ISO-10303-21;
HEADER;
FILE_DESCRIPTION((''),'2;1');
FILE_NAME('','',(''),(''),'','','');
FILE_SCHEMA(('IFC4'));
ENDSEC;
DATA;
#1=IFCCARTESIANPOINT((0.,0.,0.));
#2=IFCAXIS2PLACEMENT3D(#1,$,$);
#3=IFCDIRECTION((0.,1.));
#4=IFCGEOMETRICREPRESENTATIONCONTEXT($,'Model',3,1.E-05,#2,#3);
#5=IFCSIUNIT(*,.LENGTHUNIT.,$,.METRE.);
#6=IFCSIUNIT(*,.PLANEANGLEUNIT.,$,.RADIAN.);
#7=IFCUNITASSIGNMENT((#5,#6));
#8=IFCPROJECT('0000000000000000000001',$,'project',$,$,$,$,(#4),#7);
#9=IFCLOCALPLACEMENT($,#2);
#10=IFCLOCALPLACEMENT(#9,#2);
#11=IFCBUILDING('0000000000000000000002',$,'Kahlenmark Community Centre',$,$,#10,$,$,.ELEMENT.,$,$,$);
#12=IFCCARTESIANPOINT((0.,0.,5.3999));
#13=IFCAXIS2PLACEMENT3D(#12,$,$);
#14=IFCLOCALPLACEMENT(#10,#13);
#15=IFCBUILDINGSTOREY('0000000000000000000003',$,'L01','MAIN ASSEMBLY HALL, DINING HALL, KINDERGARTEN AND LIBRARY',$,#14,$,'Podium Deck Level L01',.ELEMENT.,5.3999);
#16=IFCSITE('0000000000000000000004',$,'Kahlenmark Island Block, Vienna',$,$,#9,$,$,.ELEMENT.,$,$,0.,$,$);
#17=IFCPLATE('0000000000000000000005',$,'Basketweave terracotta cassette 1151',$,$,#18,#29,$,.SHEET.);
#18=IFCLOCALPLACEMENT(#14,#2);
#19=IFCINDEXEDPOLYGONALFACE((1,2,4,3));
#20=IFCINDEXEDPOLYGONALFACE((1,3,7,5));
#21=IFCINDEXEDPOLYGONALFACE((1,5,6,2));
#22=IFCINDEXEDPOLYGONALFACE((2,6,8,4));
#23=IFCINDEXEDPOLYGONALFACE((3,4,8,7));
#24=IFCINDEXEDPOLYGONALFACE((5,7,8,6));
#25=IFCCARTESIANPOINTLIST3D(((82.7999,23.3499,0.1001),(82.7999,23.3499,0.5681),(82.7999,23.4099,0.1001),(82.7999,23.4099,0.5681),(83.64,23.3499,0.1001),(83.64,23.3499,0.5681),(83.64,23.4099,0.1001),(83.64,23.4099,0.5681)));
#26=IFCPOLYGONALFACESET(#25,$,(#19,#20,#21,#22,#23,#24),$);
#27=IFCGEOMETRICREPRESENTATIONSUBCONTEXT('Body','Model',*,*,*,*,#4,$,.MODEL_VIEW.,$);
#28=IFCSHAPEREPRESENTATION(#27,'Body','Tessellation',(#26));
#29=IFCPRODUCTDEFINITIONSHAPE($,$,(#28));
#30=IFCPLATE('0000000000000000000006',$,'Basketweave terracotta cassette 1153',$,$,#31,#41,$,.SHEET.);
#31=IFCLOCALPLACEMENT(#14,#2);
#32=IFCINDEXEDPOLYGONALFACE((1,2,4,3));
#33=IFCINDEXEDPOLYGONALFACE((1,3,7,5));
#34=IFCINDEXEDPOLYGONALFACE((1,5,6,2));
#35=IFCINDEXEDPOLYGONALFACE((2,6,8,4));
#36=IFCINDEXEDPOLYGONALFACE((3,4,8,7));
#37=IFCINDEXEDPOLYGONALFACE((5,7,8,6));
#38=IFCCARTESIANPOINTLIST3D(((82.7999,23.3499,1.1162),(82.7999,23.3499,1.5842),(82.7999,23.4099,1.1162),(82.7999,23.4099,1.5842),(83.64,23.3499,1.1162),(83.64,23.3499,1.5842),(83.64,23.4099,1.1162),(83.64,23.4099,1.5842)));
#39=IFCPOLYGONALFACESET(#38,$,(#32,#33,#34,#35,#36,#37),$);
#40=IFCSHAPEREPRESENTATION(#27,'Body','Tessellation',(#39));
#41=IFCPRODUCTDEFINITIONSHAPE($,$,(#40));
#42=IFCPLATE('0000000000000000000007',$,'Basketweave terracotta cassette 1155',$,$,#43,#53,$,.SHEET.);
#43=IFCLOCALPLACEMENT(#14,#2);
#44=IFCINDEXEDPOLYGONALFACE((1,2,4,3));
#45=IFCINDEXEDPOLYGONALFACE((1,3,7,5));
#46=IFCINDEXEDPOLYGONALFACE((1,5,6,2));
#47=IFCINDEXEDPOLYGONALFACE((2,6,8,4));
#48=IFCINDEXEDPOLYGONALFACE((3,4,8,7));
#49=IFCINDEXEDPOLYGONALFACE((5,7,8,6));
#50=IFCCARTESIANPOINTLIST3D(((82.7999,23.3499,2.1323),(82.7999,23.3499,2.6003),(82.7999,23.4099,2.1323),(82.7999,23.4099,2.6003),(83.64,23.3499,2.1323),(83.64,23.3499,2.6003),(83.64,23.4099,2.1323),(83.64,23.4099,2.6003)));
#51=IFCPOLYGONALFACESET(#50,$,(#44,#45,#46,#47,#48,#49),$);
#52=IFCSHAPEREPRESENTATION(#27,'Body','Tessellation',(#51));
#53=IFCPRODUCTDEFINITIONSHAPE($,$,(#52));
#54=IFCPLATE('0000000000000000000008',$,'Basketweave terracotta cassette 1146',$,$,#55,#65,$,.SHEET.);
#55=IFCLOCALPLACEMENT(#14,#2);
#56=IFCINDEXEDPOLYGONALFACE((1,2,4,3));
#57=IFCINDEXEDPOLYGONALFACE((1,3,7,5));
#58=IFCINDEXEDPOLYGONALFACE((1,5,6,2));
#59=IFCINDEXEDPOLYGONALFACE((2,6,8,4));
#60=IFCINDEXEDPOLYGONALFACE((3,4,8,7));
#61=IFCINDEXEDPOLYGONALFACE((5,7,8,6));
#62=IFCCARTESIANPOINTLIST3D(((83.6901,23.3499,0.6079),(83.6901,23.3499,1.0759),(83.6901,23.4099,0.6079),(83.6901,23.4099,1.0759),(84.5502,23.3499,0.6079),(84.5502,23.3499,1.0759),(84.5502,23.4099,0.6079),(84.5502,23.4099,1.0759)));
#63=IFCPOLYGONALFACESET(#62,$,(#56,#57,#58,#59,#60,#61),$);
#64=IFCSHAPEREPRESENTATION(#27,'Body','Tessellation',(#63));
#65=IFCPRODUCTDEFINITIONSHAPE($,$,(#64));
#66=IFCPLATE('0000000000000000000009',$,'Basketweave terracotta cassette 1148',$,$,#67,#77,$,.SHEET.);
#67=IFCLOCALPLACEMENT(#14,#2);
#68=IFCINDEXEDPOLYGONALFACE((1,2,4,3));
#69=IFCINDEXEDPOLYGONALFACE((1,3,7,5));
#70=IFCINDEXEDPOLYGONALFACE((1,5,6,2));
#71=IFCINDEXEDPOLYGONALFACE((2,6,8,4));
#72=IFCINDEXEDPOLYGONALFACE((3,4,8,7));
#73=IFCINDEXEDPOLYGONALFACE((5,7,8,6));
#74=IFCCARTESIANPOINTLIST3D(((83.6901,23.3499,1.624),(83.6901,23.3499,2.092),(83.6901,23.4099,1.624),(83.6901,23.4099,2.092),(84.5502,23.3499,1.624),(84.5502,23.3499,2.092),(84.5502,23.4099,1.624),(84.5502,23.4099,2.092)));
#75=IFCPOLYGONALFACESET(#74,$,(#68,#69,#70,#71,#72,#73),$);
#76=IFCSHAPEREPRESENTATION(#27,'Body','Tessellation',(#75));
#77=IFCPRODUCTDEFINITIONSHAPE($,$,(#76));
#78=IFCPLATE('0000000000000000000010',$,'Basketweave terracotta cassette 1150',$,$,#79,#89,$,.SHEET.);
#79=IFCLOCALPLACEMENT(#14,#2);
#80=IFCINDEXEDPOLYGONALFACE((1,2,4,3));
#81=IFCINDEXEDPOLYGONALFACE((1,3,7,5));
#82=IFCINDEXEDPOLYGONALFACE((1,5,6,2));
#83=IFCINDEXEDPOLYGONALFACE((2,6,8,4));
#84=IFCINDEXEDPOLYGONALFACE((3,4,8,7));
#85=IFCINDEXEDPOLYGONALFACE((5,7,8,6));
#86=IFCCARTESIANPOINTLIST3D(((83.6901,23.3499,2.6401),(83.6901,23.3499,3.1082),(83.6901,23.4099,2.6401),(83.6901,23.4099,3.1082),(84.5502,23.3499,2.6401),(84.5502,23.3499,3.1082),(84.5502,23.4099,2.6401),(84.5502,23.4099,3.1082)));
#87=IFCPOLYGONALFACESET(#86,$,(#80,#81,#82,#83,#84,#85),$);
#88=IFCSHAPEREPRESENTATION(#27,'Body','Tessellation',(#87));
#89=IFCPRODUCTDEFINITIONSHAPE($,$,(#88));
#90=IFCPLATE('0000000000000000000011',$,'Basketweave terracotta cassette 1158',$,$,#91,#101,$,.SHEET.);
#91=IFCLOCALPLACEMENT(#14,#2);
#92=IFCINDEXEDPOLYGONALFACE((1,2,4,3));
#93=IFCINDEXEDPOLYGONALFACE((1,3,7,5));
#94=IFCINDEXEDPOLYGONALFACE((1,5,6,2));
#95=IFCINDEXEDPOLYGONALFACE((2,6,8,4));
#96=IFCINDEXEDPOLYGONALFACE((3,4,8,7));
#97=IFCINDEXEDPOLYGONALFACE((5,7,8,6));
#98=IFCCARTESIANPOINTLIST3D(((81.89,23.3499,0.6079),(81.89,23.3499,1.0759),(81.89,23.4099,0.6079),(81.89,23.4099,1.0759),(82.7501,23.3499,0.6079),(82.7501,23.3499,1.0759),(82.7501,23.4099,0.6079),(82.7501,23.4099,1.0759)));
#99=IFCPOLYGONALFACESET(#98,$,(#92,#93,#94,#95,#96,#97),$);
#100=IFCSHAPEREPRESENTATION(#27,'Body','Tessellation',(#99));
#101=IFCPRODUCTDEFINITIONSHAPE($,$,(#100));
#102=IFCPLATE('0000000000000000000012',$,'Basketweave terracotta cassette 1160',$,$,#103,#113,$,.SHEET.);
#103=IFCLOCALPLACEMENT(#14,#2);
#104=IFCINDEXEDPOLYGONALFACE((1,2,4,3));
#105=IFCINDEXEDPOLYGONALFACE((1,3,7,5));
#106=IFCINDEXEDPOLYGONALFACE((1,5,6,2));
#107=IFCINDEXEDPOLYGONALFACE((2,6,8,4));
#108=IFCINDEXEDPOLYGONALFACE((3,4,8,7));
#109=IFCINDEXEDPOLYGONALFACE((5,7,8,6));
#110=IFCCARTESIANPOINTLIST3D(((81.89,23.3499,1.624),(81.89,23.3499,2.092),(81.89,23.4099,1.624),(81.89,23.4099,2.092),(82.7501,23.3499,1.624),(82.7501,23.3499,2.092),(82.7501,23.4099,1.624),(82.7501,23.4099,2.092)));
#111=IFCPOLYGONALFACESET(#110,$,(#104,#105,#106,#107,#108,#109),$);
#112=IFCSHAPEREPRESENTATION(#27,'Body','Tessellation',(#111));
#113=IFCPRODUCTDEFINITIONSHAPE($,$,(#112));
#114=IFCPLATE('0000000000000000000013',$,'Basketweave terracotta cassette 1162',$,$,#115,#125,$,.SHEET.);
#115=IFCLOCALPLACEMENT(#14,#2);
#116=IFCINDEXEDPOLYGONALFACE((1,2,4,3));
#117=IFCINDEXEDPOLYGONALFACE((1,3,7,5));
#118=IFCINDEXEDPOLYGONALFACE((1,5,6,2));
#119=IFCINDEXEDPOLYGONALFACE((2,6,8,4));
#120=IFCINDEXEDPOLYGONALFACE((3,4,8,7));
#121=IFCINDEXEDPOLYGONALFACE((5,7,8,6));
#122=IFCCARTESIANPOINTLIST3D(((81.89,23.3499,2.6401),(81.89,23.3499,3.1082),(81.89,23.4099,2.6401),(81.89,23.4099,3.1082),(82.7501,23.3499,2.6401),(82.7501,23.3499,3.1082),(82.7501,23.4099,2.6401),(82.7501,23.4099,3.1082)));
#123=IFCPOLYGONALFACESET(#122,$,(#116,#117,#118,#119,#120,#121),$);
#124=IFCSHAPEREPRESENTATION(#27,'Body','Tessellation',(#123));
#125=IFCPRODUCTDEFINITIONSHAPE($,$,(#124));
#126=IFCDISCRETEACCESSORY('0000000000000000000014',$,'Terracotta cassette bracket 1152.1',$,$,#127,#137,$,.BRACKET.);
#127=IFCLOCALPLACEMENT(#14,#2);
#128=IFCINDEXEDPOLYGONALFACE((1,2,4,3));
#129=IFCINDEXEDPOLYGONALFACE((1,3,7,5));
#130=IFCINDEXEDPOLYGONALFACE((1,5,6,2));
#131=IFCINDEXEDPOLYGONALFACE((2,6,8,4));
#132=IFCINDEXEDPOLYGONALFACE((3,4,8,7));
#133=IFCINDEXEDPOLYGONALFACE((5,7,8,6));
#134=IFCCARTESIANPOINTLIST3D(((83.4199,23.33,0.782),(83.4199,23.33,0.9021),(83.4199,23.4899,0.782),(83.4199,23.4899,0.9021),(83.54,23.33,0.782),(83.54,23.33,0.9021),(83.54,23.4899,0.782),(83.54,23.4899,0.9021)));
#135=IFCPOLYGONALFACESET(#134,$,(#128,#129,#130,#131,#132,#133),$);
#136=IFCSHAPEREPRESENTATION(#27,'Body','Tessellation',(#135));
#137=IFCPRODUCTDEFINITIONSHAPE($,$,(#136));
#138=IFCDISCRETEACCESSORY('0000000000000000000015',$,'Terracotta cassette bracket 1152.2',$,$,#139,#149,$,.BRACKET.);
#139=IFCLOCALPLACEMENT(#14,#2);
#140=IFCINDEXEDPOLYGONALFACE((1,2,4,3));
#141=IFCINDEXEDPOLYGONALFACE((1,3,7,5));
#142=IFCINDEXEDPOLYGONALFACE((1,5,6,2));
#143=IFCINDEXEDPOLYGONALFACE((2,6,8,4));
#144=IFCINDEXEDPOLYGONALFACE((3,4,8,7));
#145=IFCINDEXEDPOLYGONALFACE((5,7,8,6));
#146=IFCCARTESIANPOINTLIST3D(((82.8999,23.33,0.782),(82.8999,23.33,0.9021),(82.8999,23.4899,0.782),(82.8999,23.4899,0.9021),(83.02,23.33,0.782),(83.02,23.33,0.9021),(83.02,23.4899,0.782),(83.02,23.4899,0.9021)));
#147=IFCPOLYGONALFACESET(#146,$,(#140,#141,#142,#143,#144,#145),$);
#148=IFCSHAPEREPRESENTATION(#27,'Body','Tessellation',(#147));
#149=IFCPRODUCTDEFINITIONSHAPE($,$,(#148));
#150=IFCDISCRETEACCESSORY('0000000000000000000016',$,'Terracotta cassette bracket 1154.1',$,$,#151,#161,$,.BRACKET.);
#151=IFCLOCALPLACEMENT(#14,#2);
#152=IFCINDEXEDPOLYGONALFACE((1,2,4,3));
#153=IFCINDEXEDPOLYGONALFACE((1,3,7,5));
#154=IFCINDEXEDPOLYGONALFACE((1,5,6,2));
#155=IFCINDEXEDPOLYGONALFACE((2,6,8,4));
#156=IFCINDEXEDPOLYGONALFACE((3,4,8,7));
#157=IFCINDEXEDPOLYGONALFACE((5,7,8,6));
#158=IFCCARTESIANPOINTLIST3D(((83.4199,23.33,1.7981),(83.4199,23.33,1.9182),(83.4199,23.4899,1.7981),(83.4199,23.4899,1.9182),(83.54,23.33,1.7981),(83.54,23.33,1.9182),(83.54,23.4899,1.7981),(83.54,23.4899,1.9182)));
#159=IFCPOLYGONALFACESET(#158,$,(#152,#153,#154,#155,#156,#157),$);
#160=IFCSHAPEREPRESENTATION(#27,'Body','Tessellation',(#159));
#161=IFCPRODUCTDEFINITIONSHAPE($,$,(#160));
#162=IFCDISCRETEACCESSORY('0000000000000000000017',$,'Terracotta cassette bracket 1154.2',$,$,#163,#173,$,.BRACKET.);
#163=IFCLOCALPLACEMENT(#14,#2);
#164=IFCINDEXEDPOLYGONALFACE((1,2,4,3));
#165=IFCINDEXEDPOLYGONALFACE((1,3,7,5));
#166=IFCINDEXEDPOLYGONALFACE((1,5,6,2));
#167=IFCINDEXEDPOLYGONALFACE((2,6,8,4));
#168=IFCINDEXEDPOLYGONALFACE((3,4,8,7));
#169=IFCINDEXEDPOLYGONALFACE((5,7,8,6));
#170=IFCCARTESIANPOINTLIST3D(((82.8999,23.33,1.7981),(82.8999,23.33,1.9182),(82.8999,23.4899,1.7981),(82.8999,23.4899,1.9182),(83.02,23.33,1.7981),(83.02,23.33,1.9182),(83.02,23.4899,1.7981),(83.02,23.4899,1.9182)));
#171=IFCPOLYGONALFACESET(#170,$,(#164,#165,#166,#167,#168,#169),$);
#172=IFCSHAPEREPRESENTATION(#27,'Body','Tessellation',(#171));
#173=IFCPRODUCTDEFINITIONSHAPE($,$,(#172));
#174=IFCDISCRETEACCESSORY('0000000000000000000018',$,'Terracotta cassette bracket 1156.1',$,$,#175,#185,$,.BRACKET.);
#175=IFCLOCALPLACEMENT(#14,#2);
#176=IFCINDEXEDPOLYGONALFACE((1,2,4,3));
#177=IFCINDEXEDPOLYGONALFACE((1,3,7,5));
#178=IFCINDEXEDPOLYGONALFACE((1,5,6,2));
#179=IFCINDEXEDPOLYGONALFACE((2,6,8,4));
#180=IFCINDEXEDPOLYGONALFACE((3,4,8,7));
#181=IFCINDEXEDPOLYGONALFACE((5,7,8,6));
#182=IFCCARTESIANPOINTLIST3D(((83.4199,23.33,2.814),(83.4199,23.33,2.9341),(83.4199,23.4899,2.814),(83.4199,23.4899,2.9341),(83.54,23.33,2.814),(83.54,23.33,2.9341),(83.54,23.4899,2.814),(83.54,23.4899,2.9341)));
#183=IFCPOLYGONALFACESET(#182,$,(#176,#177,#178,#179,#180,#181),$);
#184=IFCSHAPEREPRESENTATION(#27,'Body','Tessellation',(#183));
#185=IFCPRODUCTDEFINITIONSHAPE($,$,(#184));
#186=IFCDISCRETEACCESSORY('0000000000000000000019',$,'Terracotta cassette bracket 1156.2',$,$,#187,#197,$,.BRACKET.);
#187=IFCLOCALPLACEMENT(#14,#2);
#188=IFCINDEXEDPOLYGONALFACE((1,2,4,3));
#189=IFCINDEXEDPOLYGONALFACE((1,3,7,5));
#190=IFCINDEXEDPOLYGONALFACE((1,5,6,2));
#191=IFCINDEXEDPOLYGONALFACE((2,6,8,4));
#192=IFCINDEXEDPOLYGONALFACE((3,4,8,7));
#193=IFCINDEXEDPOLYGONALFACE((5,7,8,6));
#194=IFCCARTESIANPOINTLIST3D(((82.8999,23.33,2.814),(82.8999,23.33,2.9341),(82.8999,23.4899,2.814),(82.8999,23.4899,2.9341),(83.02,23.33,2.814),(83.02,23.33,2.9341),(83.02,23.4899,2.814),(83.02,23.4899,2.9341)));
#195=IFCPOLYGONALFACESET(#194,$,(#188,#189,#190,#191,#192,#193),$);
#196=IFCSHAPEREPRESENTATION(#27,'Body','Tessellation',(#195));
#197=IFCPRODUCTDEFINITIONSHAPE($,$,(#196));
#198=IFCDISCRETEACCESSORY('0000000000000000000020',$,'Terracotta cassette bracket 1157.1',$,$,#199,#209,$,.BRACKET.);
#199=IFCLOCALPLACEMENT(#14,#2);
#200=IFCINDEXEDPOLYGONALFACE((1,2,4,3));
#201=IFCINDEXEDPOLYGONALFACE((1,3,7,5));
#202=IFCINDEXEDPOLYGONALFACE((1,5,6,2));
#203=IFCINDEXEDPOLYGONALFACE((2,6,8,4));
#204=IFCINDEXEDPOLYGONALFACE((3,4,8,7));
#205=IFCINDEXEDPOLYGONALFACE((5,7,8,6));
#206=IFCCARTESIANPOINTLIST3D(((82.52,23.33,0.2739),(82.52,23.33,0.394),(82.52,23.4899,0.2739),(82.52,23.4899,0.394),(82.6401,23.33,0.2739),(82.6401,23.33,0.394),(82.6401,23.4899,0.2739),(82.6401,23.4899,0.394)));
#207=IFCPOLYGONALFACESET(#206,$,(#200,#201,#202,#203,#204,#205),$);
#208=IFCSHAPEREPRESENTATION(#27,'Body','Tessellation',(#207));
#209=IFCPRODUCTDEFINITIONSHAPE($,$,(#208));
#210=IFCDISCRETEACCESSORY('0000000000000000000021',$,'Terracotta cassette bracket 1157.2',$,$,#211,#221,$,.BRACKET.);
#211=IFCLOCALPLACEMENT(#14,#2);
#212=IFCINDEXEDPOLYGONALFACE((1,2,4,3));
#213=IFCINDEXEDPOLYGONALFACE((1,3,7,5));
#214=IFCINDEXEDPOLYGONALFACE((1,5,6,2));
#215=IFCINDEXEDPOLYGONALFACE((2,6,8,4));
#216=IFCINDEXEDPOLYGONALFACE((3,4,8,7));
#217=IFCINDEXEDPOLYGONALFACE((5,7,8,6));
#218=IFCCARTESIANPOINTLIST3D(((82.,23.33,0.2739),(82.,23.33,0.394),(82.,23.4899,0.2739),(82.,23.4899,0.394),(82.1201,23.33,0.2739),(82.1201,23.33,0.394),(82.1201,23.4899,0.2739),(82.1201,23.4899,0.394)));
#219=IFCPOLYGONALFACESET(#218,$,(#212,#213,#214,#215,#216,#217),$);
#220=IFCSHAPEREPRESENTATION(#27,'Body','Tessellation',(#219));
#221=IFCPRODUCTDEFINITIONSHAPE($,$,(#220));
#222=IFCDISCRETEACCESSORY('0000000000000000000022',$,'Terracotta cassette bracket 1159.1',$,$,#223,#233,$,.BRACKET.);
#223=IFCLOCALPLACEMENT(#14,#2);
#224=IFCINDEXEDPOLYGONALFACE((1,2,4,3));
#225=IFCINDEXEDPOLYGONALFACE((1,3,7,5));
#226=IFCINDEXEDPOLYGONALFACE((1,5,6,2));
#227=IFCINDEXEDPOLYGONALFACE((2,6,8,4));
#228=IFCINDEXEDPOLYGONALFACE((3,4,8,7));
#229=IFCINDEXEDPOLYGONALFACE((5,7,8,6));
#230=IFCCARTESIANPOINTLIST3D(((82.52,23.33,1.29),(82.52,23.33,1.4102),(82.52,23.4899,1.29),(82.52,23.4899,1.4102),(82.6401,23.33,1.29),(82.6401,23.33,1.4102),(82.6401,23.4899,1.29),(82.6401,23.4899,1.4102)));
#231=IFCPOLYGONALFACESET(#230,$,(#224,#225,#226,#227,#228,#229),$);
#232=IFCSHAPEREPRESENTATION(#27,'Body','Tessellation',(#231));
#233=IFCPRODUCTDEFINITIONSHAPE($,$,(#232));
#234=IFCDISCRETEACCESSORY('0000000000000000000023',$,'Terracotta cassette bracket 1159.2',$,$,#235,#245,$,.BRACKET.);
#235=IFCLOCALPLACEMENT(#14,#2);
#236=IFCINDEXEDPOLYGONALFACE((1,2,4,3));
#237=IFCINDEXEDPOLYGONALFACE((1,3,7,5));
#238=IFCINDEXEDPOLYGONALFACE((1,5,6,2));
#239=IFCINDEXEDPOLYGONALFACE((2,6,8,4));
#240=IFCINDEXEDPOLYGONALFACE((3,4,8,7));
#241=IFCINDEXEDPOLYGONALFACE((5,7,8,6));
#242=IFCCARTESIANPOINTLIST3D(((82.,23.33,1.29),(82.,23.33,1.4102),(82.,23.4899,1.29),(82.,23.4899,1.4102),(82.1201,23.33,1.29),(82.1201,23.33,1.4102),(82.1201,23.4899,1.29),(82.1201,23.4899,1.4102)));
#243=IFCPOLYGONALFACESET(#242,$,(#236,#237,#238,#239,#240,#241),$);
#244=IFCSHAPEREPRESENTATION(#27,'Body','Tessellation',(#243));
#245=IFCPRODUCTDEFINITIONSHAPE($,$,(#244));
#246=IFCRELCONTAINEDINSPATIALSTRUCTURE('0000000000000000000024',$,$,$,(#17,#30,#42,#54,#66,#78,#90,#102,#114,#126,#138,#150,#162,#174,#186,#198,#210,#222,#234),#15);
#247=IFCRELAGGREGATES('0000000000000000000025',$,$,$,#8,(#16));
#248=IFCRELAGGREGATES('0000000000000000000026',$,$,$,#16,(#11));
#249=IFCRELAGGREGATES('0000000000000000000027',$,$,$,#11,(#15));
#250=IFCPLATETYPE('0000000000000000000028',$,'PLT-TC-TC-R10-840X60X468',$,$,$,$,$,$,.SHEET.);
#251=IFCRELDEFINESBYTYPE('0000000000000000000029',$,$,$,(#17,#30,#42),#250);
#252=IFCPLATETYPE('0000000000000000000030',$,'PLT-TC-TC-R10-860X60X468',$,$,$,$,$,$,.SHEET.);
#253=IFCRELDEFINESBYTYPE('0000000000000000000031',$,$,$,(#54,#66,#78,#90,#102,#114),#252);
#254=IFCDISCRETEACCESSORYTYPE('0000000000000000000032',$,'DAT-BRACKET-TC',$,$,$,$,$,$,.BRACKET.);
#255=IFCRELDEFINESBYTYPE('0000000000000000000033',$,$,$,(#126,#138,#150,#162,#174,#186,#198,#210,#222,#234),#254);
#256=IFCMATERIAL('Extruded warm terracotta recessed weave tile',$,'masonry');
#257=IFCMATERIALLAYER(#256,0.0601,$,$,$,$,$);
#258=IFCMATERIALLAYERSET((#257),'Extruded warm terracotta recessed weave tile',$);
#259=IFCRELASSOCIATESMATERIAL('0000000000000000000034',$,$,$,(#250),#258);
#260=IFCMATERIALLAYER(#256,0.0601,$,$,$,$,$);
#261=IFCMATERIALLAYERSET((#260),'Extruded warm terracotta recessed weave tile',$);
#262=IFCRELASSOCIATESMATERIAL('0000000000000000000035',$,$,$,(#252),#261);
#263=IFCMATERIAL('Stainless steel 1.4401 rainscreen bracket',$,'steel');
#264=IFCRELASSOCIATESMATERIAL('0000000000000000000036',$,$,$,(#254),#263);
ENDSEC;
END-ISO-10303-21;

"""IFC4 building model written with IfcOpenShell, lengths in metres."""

from ifc_helpers import new_model, si_unit, direction, frame, origin, origin_2d, place, context, subcontext, project, spatial, rectangle, extrude, material, layer, layer_set, type_object, element, save


model = new_model("IFC4")

# Units and contexts
model_context = context("Model", 3, precision=1e-05, world=origin(), true_north=direction((0.0, 1.0)))
body_context = subcontext(model_context, "Body", "Model", "MODEL_VIEW")
ifc_project = project(units=[si_unit("LENGTHUNIT", "METRE"), si_unit("PLANEANGLEUNIT", "RADIAN")], contexts=[model_context])

# Site, building, storey
site_placement = place(None, origin())
site = spatial("IfcSite", under=ifc_project, at=site_placement, Name="Kahlenmark Island Block, Vienna", CompositionType="ELEMENT", RefElevation=0.0)
building_placement = place(site_placement, origin())
building = spatial("IfcBuilding", under=site, at=building_placement, Name="Kahlenmark Community Centre", CompositionType="ELEMENT")
storey_placement = place(building_placement, frame((0.0, 0.0, 5.3999)))
storey = spatial("IfcBuildingStorey", under=building, at=storey_placement, Name="L01", Description="MAIN ASSEMBLY HALL, DINING HALL, KINDERGARTEN AND LIBRARY", LongName="Podium Deck Level L01", CompositionType="ELEMENT", Elevation=5.3999)

# Plates
ifc_material_1 = material(Name="Extruded warm terracotta recessed weave tile", Category="masonry")
ifc_layer_1 = layer(ifc_material_1, 0.0601)
ifc_layer_set_1 = layer_set([ifc_layer_1], Name="Extruded warm terracotta recessed weave tile")
plate_type_1 = type_object("IfcPlateType", Name="PLT-TC-TC-R10-840X60X468", PredefinedType="SHEET", material=ifc_layer_set_1)
for number, where, z_axis, x_axis, name in (
    (1, (83.22, 23.3799, 0.1001), (0.0, 0.0, 1.0), (-1.0, 0.0, 0.0), "Basketweave terracotta cassette 1151"),
    (2, (83.22, 23.3799, 1.1162), (0.0, 0.0, 1.0), (-1.0, 0.0, 0.0), "Basketweave terracotta cassette 1153"),
    (3, (83.22, 23.3799, 2.1323), (0.0, 0.0, 1.0), (-1.0, 0.0, 0.0), "Basketweave terracotta cassette 1155"),
):
    element("IfcPlate", number, at=place(storey_placement, frame(where, z_axis=z_axis, x_axis=x_axis)), inside=storey, type_object=plate_type_1, Name=name, PredefinedType="SHEET", context=body_context, shape_type="SweptSolid", body=[
        extrude(rectangle(XDim=0.8401, YDim=0.0601, at=origin_2d()), origin(), (0.0, 0.0, 1.0), 0.468),
    ])
ifc_layer_2 = layer(ifc_material_1, 0.0601)
ifc_layer_set_2 = layer_set([ifc_layer_2], Name="Extruded warm terracotta recessed weave tile")
plate_type_2 = type_object("IfcPlateType", Name="PLT-TC-TC-R10-860X60X468", PredefinedType="SHEET", material=ifc_layer_set_2)
for number, where, z_axis, x_axis, name in (
    (4, (84.1201, 23.3799, 0.6079), (0.0, 0.0, 1.0), (-1.0, 0.0, 0.0), "Basketweave terracotta cassette 1146"),
    (5, (84.1201, 23.3799, 1.624), (0.0, 0.0, 1.0), (-1.0, 0.0, 0.0), "Basketweave terracotta cassette 1148"),
    (6, (84.1201, 23.3799, 2.6401), (0.0, 0.0, 1.0), (-1.0, 0.0, 0.0), "Basketweave terracotta cassette 1150"),
    (7, (82.3201, 23.3799, 0.6079), (0.0, 0.0, 1.0), (-1.0, 0.0, 0.0), "Basketweave terracotta cassette 1158"),
    (8, (82.3201, 23.3799, 1.624), (0.0, 0.0, 1.0), (-1.0, 0.0, 0.0), "Basketweave terracotta cassette 1160"),
    (9, (82.3201, 23.3799, 2.6401), (0.0, 0.0, 1.0), (-1.0, 0.0, 0.0), "Basketweave terracotta cassette 1162"),
):
    element("IfcPlate", number, at=place(storey_placement, frame(where, z_axis=z_axis, x_axis=x_axis)), inside=storey, type_object=plate_type_2, Name=name, PredefinedType="SHEET", context=body_context, shape_type="SweptSolid", body=[
        extrude(rectangle(XDim=0.8601, YDim=0.0601, at=origin_2d()), origin(), (0.0, 0.0, 1.0), 0.468),
    ])

# Discrete accessories
ifc_material_2 = material(Name="Stainless steel 1.4401 rainscreen bracket", Category="steel")
discrete_accessory_type = type_object("IfcDiscreteAccessoryType", Name="DAT-BRACKET-TC", PredefinedType="BRACKET", material=ifc_material_2)
for number, where, z_axis, x_axis, name in (
    (10, (83.48, 23.4099, 0.782), (0.0, 0.0, 1.0), (-1.0, 0.0, 0.0), "Terracotta cassette bracket 1152.1"),
    (11, (82.96, 23.4099, 0.782), (0.0, 0.0, 1.0), (-1.0, 0.0, 0.0), "Terracotta cassette bracket 1152.2"),
    (12, (83.48, 23.4099, 1.7981), (0.0, 0.0, 1.0), (-1.0, 0.0, 0.0), "Terracotta cassette bracket 1154.1"),
    (13, (82.96, 23.4099, 1.7981), (0.0, 0.0, 1.0), (-1.0, 0.0, 0.0), "Terracotta cassette bracket 1154.2"),
    (14, (83.48, 23.4099, 2.814), (0.0, 0.0, 1.0), (-1.0, 0.0, 0.0), "Terracotta cassette bracket 1156.1"),
    (15, (82.96, 23.4099, 2.814), (0.0, 0.0, 1.0), (-1.0, 0.0, 0.0), "Terracotta cassette bracket 1156.2"),
    (16, (82.5801, 23.4099, 0.2739), (0.0, 0.0, 1.0), (-1.0, 0.0, 0.0), "Terracotta cassette bracket 1157.1"),
    (17, (82.0601, 23.4099, 0.2739), (0.0, 0.0, 1.0), (-1.0, 0.0, 0.0), "Terracotta cassette bracket 1157.2"),
    (18, (82.5801, 23.4099, 1.29), (0.0, 0.0, 1.0), (-1.0, 0.0, 0.0), "Terracotta cassette bracket 1159.1"),
    (19, (82.0601, 23.4099, 1.29), (0.0, 0.0, 1.0), (-1.0, 0.0, 0.0), "Terracotta cassette bracket 1159.2"),
):
    element("IfcDiscreteAccessory", number, at=place(storey_placement, frame(where, z_axis=z_axis, x_axis=x_axis)), inside=storey, type_object=discrete_accessory_type, Name=name, PredefinedType="BRACKET", context=body_context, shape_type="SweptSolid", body=[
        extrude(rectangle(XDim=0.1201, YDim=0.1599, at=origin_2d()), origin(), (0.0, 0.0, 1.0), 0.1201),
    ])

save(model, "model.ifc")
